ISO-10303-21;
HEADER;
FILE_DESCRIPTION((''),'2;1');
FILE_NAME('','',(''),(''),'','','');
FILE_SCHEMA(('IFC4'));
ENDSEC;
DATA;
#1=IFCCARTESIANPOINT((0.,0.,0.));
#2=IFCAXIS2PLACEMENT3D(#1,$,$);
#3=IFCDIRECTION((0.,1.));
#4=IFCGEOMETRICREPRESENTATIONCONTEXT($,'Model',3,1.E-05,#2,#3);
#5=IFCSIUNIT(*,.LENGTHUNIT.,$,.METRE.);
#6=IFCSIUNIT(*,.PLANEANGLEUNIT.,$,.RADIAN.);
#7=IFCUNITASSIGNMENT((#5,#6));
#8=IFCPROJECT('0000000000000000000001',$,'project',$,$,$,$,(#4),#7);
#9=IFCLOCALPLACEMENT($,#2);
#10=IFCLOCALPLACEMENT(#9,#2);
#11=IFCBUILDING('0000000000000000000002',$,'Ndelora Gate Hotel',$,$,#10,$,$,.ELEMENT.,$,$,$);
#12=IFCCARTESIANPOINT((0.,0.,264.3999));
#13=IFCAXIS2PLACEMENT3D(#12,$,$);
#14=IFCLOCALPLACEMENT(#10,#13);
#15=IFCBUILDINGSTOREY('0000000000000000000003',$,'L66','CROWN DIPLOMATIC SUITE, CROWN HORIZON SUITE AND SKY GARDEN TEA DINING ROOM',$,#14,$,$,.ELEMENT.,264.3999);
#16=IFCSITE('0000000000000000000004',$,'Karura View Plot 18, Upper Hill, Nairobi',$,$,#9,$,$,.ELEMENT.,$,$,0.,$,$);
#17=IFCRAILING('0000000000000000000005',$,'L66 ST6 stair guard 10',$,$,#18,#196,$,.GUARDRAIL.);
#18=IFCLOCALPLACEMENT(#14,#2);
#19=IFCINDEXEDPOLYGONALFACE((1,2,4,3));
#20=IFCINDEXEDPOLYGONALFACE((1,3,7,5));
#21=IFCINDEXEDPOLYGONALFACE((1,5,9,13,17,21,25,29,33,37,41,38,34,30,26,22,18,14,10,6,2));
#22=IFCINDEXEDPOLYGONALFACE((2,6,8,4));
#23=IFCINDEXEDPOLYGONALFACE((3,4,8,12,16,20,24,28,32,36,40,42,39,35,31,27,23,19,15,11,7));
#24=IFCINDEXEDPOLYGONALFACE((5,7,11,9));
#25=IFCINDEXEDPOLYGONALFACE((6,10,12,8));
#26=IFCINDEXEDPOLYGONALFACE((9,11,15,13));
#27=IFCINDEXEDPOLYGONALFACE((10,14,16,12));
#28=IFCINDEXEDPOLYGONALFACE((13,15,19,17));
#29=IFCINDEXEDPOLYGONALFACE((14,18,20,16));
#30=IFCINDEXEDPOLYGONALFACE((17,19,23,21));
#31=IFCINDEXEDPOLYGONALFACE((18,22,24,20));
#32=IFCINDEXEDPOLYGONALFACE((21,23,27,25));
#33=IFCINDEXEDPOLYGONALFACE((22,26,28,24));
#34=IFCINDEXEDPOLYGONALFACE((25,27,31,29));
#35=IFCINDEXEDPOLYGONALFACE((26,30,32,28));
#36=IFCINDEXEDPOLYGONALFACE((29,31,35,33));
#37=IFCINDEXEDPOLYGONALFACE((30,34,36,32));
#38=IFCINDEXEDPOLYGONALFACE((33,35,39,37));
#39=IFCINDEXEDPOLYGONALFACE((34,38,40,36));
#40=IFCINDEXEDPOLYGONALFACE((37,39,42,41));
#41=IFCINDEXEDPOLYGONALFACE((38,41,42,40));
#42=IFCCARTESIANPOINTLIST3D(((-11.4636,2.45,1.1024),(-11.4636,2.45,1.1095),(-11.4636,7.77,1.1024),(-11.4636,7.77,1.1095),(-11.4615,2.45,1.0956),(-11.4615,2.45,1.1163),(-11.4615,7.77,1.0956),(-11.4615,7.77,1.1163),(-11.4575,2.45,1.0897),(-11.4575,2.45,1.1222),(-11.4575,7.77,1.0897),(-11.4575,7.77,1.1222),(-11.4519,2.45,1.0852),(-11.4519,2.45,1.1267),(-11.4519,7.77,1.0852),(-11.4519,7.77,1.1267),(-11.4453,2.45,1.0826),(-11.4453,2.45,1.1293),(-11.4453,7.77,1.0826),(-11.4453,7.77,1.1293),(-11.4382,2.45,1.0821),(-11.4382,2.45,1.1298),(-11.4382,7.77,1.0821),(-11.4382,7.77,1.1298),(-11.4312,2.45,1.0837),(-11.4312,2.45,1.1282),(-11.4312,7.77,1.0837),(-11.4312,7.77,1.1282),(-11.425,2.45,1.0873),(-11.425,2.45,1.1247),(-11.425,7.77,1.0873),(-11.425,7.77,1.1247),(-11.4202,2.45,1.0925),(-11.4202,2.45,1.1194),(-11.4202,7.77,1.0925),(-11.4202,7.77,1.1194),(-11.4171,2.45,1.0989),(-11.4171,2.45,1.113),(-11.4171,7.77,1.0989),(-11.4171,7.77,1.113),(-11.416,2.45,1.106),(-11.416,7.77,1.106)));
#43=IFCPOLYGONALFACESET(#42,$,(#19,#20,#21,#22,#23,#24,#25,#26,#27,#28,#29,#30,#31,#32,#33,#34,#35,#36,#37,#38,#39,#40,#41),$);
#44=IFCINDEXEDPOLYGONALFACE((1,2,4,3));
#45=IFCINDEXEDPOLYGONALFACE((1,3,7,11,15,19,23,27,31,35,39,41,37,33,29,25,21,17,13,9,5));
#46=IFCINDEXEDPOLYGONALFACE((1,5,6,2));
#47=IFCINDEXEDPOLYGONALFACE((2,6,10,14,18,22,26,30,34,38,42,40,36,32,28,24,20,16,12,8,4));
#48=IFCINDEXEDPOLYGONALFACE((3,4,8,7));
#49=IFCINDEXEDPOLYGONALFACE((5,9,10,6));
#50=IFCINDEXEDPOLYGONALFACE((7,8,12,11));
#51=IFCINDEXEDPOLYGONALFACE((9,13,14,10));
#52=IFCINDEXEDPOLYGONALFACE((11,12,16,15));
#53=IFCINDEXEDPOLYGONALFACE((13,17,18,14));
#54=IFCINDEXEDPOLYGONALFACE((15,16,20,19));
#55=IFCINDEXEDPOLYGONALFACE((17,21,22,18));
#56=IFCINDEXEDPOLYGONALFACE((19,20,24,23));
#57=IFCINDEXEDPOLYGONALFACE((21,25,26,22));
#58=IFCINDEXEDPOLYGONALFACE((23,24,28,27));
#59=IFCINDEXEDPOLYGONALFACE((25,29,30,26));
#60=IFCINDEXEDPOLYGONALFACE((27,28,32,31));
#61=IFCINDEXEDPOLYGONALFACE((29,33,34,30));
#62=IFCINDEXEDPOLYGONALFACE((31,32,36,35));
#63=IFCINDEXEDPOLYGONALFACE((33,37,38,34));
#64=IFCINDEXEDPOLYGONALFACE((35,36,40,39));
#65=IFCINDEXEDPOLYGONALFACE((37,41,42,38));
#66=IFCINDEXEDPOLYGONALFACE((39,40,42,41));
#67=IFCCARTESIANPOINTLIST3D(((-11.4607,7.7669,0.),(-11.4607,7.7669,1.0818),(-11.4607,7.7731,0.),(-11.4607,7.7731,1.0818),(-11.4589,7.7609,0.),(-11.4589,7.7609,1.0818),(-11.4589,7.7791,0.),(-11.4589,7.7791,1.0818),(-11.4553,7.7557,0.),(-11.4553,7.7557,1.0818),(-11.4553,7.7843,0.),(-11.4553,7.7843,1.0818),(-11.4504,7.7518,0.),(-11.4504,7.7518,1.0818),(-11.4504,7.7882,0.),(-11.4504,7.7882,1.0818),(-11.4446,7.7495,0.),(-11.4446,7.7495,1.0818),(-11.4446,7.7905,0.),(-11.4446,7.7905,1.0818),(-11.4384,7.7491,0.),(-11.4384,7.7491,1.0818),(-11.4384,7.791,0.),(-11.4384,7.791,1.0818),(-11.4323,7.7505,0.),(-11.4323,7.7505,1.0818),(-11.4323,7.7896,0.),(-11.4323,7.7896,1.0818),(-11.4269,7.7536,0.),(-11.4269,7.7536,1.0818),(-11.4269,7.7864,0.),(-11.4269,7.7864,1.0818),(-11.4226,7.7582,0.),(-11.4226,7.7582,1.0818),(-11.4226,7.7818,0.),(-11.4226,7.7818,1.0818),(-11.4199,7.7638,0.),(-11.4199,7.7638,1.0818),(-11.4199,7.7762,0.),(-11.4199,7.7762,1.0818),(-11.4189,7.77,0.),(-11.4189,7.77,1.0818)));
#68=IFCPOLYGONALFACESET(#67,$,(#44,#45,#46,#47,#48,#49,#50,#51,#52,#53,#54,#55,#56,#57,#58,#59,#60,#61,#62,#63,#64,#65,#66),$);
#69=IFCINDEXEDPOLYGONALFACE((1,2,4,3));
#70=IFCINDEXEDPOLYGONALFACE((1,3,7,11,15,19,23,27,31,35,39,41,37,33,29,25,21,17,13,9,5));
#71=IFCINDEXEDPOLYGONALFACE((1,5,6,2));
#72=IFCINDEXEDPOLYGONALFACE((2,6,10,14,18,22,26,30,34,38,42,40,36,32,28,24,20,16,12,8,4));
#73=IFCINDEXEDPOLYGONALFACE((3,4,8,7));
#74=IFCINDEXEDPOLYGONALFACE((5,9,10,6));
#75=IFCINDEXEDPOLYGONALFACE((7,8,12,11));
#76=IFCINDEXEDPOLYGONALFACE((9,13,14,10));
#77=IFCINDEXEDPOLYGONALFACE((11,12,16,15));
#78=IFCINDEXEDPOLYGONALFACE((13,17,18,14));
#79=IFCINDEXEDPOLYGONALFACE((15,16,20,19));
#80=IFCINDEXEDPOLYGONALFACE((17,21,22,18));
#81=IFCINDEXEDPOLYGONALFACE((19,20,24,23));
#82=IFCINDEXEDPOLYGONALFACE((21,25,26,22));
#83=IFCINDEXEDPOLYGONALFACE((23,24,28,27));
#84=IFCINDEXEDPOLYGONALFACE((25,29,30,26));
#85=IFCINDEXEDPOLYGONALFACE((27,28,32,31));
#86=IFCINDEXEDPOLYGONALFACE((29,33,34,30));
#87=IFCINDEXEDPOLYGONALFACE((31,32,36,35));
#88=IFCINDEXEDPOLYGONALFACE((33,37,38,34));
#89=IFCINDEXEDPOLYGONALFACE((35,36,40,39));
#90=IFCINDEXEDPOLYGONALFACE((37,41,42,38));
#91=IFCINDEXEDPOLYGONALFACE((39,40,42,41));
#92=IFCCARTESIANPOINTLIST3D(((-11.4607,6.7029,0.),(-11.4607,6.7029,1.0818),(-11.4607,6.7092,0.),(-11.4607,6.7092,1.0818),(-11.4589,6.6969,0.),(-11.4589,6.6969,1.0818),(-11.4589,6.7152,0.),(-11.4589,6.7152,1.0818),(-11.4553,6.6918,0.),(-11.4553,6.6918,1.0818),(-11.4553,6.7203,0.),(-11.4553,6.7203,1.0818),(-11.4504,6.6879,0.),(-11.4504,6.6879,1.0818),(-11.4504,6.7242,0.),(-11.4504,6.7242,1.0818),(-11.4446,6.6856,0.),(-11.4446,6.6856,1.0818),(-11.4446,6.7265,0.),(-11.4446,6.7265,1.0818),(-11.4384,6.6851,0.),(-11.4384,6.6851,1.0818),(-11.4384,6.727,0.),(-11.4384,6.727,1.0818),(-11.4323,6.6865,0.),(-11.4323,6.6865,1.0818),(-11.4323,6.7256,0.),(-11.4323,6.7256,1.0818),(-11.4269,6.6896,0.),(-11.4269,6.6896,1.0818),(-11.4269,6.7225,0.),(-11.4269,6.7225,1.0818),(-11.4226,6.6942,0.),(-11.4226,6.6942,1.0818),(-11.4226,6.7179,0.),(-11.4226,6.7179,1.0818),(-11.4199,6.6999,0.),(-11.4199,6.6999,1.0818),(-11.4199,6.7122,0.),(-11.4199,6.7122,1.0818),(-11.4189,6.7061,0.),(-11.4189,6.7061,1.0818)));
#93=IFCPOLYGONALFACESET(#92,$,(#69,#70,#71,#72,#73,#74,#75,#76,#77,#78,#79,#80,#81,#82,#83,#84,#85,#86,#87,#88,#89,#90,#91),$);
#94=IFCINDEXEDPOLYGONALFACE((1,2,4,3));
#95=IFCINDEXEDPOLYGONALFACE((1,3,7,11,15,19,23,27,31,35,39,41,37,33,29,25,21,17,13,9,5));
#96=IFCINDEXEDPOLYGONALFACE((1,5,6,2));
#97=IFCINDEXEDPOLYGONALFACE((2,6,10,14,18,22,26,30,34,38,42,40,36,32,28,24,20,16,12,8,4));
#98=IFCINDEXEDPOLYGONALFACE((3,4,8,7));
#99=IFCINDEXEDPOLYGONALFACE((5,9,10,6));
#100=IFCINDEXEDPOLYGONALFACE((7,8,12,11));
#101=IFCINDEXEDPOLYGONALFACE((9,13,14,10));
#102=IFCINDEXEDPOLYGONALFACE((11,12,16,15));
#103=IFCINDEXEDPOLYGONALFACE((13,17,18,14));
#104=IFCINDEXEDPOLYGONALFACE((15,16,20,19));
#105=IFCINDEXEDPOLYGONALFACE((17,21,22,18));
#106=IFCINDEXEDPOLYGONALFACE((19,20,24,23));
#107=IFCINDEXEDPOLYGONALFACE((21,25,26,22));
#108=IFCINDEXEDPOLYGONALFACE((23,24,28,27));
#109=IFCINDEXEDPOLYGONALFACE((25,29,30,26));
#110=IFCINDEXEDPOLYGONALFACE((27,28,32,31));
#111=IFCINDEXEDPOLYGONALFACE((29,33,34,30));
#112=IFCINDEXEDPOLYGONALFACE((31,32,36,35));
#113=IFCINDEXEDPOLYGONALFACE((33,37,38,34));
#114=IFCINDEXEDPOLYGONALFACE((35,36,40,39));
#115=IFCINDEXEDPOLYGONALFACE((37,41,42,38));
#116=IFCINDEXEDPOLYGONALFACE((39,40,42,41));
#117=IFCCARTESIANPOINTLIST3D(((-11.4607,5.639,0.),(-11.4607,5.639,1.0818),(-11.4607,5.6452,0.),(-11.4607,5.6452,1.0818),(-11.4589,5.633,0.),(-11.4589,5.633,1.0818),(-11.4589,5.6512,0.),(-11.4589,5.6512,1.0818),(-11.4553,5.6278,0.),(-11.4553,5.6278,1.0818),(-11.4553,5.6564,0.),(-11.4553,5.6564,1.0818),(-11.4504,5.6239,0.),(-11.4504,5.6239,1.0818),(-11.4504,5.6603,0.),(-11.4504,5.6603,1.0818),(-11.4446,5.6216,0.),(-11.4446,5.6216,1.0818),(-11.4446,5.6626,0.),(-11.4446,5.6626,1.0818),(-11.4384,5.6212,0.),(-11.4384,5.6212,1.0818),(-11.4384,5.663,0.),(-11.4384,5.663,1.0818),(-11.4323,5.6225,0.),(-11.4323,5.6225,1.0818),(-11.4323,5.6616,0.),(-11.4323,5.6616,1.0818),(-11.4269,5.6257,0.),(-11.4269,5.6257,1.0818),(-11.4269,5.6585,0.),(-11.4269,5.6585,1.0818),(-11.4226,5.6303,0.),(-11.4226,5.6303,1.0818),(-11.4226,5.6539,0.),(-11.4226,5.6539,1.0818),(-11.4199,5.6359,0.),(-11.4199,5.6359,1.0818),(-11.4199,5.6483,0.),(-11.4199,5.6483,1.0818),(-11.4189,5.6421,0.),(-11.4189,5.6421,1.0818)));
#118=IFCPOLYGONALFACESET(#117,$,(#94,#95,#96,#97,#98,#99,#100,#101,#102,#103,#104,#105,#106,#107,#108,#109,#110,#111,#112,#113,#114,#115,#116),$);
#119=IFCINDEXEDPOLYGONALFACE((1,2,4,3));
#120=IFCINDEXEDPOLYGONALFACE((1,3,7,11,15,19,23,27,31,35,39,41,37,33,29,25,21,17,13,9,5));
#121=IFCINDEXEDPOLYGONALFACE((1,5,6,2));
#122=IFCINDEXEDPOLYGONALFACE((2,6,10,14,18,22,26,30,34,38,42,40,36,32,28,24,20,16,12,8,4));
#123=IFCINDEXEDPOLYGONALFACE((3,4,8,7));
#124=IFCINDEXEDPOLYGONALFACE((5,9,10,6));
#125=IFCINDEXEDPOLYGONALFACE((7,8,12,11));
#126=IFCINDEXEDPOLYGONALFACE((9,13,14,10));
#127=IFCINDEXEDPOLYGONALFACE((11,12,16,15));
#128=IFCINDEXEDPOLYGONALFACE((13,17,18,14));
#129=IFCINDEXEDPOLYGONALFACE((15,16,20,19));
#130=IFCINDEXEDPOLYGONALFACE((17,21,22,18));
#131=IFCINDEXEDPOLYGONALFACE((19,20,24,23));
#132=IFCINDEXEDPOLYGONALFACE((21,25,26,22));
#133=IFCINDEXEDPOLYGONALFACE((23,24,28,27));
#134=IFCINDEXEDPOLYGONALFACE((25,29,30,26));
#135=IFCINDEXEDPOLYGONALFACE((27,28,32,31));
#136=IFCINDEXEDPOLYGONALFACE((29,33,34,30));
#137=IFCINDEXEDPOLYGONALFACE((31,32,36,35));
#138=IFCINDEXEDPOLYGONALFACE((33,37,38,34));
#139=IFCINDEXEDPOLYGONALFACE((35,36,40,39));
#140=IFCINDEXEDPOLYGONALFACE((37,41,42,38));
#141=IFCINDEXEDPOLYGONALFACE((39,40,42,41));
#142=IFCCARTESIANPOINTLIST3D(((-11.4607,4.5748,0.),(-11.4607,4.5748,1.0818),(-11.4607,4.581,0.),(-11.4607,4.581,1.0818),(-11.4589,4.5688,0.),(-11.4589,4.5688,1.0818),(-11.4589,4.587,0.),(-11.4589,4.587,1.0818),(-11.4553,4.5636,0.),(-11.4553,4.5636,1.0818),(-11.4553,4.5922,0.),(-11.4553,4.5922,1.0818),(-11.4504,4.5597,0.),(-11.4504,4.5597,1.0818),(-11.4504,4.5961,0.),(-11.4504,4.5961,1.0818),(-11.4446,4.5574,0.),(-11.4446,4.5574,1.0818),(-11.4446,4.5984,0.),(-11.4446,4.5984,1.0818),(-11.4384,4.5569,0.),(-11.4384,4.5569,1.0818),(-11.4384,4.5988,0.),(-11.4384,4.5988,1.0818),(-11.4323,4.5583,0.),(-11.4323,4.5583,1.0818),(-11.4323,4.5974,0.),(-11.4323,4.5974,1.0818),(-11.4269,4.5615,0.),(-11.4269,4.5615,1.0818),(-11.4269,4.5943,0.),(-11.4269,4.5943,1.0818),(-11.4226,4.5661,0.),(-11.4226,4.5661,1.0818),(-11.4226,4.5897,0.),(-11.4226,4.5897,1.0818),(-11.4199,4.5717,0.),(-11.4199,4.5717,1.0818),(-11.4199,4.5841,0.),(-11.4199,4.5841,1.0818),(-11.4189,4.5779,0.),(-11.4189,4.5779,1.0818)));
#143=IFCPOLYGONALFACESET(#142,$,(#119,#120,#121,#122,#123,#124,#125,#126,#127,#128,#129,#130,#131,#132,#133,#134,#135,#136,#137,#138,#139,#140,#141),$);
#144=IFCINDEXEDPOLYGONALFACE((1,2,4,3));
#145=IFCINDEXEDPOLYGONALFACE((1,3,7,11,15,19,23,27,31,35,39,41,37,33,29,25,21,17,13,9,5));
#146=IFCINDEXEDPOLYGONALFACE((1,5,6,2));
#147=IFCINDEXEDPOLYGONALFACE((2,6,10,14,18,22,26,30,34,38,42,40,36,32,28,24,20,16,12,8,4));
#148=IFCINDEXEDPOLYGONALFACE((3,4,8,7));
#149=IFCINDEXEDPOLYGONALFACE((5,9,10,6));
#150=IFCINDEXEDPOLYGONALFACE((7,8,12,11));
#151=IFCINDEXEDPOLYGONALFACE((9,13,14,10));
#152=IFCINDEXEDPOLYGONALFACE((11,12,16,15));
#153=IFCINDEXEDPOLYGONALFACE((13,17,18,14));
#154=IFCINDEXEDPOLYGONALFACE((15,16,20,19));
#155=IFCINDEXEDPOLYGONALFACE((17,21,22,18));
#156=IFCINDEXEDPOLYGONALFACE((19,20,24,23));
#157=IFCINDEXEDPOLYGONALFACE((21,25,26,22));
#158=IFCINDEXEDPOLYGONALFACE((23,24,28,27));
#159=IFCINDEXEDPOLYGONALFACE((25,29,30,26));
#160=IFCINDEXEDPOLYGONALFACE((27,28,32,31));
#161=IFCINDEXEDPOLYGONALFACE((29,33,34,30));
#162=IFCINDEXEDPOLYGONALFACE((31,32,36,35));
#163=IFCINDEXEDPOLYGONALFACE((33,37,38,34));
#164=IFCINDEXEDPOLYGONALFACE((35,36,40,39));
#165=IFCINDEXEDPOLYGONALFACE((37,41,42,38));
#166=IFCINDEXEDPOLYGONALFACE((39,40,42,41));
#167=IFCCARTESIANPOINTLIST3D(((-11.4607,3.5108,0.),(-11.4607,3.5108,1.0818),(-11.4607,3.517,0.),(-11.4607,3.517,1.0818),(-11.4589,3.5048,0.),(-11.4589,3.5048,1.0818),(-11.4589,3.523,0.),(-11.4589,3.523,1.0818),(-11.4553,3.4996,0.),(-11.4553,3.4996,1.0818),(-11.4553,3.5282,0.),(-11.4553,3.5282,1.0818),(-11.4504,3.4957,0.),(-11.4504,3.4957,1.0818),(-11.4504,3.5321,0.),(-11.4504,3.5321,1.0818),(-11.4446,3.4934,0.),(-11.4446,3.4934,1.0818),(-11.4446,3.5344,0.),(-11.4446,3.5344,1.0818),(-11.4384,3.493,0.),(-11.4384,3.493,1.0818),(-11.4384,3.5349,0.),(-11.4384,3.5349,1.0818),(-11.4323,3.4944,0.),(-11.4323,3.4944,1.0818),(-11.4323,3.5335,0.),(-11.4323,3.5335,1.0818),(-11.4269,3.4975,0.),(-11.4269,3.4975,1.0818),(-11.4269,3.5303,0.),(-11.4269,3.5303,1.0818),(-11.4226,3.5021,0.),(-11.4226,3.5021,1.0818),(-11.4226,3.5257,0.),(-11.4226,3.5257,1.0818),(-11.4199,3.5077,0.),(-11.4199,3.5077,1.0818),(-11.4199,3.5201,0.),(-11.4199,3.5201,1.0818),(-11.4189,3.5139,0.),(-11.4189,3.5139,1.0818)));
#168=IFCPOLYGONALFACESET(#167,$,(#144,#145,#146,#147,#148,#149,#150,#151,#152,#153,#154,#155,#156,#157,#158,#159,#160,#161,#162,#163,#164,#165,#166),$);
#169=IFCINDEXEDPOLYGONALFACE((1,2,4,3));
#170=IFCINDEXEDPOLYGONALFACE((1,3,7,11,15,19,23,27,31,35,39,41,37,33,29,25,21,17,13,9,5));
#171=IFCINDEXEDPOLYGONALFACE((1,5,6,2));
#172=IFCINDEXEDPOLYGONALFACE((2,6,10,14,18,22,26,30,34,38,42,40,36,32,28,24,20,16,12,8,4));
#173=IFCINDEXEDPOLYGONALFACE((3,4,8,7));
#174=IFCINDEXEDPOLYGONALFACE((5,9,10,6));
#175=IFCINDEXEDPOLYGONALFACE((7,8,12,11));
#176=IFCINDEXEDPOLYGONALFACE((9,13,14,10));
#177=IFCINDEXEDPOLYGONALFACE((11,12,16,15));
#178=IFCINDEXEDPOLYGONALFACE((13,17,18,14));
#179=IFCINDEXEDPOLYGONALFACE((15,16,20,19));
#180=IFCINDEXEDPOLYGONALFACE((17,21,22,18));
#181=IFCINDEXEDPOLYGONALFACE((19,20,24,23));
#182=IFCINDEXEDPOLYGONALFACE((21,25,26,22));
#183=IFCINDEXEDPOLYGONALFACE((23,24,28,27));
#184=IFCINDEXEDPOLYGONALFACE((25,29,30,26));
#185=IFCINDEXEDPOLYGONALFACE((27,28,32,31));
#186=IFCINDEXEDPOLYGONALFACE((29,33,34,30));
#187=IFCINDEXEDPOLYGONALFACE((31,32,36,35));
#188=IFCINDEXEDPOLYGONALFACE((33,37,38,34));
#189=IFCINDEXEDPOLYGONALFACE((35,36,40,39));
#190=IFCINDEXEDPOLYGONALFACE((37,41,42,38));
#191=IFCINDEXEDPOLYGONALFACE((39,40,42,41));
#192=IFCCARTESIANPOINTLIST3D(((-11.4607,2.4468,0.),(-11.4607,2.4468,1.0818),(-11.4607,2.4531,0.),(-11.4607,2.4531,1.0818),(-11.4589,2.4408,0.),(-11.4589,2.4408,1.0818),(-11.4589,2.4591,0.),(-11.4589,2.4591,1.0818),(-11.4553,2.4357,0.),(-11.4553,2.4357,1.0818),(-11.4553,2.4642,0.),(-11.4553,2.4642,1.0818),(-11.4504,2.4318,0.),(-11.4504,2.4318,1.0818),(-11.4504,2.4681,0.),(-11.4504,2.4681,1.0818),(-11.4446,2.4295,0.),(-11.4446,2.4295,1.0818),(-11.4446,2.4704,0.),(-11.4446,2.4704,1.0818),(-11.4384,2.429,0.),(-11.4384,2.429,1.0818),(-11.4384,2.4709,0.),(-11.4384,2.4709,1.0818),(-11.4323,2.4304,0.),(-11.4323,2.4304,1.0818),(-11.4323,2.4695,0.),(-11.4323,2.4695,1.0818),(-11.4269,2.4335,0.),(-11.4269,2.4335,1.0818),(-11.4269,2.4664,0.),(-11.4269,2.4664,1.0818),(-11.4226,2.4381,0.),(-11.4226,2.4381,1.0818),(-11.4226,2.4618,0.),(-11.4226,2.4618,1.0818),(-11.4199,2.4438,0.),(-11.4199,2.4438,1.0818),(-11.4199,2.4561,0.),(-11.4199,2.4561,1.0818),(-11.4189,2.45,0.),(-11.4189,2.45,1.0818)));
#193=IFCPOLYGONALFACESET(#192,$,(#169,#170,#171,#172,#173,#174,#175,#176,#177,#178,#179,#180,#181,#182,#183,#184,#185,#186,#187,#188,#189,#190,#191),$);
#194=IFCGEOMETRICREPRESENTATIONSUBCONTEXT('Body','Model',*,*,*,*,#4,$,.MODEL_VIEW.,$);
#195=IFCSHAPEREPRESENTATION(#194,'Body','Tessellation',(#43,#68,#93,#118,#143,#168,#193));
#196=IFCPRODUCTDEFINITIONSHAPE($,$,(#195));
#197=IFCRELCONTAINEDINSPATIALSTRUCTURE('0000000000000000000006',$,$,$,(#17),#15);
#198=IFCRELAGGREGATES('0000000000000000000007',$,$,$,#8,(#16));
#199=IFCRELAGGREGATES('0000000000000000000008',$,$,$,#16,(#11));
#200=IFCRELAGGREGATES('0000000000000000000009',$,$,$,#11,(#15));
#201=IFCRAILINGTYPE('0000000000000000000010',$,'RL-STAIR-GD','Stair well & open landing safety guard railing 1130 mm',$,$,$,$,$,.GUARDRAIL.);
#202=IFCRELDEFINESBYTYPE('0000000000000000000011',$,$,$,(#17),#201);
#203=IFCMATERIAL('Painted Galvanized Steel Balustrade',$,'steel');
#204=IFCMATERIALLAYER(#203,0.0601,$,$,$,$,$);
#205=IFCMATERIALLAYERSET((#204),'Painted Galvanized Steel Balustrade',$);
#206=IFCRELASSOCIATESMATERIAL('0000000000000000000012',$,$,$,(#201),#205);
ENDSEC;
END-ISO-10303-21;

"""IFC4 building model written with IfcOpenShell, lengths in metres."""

from ifc_helpers import new_model, si_unit, direction, frame, origin, origin_2d, place, context, subcontext, project, spatial, circle, extrude, material, layer, layer_set, type_object, element, save


model = new_model("IFC4")

# Units and contexts
model_context = context("Model", 3, precision=1e-05, world=origin(), true_north=direction((0.0, 1.0)))
body_context = subcontext(model_context, "Body", "Model", "MODEL_VIEW")
ifc_project = project(units=[si_unit("LENGTHUNIT", "METRE"), si_unit("PLANEANGLEUNIT", "RADIAN")], contexts=[model_context])

# Site, building, storey
site_placement = place(None, origin())
site = spatial("IfcSite", under=ifc_project, at=site_placement, Name="Karura View Plot 18, Upper Hill, Nairobi", CompositionType="ELEMENT", RefElevation=0.0)
building_placement = place(site_placement, origin())
building = spatial("IfcBuilding", under=site, at=building_placement, Name="Ndelora Gate Hotel", CompositionType="ELEMENT")
storey_placement = place(building_placement, frame((0.0, 0.0, 264.3999)))
storey = spatial("IfcBuildingStorey", under=building, at=storey_placement, Name="L66", Description="CROWN DIPLOMATIC SUITE, CROWN HORIZON SUITE AND SKY GARDEN TEA DINING ROOM", CompositionType="ELEMENT", Elevation=264.3999)

# Railing
ifc_material_1 = material(Name="Painted Galvanized Steel Balustrade", Category="steel")
ifc_layer_1 = layer(ifc_material_1, 0.0601)
ifc_layer_set_1 = layer_set([ifc_layer_1], Name="Painted Galvanized Steel Balustrade")
railing_type_1 = type_object("IfcRailingType", Name="RL-STAIR-GD", Description="Stair well & open landing safety guard railing 1130 mm", PredefinedType="GUARDRAIL", material=ifc_layer_set_1)
railing_1_placement = place(storey_placement, frame((-11.4399, 7.77, 0.0)))
element("IfcRailing", 1, at=railing_1_placement, inside=storey, type_object=railing_type_1, Name="L66 ST6 stair guard 10", PredefinedType="GUARDRAIL", context=body_context, shape_type="SweptSolid", body=[
    extrude(circle(Radius=0.0239, at=origin_2d()), frame((0.0, 0.0, 1.106), z_axis=(0.0, -1.0, 0.0), x_axis=(1.0, 0.0, 0.0)), (0.0, 0.0, 1.0), 5.3201),
    extrude(circle(Radius=0.021, at=origin_2d()), origin(), (0.0, 0.0, 1.0), 1.0818),
    extrude(circle(Radius=0.021, at=origin_2d()), frame((0.0, -1.064, 0.0)), (0.0, 0.0, 1.0), 1.0818),
    extrude(circle(Radius=0.021, at=origin_2d()), frame((0.0, -2.1279, 0.0)), (0.0, 0.0, 1.0), 1.0818),
    extrude(circle(Radius=0.021, at=origin_2d()), frame((0.0, -3.1921, 0.0)), (0.0, 0.0, 1.0), 1.0818),
    extrude(circle(Radius=0.021, at=origin_2d()), frame((0.0, -4.2561, 0.0)), (0.0, 0.0, 1.0), 1.0818),
    extrude(circle(Radius=0.021, at=origin_2d()), frame((0.0, -5.3201, 0.0)), (0.0, 0.0, 1.0), 1.0818),
])

save(model, "model.ifc")
